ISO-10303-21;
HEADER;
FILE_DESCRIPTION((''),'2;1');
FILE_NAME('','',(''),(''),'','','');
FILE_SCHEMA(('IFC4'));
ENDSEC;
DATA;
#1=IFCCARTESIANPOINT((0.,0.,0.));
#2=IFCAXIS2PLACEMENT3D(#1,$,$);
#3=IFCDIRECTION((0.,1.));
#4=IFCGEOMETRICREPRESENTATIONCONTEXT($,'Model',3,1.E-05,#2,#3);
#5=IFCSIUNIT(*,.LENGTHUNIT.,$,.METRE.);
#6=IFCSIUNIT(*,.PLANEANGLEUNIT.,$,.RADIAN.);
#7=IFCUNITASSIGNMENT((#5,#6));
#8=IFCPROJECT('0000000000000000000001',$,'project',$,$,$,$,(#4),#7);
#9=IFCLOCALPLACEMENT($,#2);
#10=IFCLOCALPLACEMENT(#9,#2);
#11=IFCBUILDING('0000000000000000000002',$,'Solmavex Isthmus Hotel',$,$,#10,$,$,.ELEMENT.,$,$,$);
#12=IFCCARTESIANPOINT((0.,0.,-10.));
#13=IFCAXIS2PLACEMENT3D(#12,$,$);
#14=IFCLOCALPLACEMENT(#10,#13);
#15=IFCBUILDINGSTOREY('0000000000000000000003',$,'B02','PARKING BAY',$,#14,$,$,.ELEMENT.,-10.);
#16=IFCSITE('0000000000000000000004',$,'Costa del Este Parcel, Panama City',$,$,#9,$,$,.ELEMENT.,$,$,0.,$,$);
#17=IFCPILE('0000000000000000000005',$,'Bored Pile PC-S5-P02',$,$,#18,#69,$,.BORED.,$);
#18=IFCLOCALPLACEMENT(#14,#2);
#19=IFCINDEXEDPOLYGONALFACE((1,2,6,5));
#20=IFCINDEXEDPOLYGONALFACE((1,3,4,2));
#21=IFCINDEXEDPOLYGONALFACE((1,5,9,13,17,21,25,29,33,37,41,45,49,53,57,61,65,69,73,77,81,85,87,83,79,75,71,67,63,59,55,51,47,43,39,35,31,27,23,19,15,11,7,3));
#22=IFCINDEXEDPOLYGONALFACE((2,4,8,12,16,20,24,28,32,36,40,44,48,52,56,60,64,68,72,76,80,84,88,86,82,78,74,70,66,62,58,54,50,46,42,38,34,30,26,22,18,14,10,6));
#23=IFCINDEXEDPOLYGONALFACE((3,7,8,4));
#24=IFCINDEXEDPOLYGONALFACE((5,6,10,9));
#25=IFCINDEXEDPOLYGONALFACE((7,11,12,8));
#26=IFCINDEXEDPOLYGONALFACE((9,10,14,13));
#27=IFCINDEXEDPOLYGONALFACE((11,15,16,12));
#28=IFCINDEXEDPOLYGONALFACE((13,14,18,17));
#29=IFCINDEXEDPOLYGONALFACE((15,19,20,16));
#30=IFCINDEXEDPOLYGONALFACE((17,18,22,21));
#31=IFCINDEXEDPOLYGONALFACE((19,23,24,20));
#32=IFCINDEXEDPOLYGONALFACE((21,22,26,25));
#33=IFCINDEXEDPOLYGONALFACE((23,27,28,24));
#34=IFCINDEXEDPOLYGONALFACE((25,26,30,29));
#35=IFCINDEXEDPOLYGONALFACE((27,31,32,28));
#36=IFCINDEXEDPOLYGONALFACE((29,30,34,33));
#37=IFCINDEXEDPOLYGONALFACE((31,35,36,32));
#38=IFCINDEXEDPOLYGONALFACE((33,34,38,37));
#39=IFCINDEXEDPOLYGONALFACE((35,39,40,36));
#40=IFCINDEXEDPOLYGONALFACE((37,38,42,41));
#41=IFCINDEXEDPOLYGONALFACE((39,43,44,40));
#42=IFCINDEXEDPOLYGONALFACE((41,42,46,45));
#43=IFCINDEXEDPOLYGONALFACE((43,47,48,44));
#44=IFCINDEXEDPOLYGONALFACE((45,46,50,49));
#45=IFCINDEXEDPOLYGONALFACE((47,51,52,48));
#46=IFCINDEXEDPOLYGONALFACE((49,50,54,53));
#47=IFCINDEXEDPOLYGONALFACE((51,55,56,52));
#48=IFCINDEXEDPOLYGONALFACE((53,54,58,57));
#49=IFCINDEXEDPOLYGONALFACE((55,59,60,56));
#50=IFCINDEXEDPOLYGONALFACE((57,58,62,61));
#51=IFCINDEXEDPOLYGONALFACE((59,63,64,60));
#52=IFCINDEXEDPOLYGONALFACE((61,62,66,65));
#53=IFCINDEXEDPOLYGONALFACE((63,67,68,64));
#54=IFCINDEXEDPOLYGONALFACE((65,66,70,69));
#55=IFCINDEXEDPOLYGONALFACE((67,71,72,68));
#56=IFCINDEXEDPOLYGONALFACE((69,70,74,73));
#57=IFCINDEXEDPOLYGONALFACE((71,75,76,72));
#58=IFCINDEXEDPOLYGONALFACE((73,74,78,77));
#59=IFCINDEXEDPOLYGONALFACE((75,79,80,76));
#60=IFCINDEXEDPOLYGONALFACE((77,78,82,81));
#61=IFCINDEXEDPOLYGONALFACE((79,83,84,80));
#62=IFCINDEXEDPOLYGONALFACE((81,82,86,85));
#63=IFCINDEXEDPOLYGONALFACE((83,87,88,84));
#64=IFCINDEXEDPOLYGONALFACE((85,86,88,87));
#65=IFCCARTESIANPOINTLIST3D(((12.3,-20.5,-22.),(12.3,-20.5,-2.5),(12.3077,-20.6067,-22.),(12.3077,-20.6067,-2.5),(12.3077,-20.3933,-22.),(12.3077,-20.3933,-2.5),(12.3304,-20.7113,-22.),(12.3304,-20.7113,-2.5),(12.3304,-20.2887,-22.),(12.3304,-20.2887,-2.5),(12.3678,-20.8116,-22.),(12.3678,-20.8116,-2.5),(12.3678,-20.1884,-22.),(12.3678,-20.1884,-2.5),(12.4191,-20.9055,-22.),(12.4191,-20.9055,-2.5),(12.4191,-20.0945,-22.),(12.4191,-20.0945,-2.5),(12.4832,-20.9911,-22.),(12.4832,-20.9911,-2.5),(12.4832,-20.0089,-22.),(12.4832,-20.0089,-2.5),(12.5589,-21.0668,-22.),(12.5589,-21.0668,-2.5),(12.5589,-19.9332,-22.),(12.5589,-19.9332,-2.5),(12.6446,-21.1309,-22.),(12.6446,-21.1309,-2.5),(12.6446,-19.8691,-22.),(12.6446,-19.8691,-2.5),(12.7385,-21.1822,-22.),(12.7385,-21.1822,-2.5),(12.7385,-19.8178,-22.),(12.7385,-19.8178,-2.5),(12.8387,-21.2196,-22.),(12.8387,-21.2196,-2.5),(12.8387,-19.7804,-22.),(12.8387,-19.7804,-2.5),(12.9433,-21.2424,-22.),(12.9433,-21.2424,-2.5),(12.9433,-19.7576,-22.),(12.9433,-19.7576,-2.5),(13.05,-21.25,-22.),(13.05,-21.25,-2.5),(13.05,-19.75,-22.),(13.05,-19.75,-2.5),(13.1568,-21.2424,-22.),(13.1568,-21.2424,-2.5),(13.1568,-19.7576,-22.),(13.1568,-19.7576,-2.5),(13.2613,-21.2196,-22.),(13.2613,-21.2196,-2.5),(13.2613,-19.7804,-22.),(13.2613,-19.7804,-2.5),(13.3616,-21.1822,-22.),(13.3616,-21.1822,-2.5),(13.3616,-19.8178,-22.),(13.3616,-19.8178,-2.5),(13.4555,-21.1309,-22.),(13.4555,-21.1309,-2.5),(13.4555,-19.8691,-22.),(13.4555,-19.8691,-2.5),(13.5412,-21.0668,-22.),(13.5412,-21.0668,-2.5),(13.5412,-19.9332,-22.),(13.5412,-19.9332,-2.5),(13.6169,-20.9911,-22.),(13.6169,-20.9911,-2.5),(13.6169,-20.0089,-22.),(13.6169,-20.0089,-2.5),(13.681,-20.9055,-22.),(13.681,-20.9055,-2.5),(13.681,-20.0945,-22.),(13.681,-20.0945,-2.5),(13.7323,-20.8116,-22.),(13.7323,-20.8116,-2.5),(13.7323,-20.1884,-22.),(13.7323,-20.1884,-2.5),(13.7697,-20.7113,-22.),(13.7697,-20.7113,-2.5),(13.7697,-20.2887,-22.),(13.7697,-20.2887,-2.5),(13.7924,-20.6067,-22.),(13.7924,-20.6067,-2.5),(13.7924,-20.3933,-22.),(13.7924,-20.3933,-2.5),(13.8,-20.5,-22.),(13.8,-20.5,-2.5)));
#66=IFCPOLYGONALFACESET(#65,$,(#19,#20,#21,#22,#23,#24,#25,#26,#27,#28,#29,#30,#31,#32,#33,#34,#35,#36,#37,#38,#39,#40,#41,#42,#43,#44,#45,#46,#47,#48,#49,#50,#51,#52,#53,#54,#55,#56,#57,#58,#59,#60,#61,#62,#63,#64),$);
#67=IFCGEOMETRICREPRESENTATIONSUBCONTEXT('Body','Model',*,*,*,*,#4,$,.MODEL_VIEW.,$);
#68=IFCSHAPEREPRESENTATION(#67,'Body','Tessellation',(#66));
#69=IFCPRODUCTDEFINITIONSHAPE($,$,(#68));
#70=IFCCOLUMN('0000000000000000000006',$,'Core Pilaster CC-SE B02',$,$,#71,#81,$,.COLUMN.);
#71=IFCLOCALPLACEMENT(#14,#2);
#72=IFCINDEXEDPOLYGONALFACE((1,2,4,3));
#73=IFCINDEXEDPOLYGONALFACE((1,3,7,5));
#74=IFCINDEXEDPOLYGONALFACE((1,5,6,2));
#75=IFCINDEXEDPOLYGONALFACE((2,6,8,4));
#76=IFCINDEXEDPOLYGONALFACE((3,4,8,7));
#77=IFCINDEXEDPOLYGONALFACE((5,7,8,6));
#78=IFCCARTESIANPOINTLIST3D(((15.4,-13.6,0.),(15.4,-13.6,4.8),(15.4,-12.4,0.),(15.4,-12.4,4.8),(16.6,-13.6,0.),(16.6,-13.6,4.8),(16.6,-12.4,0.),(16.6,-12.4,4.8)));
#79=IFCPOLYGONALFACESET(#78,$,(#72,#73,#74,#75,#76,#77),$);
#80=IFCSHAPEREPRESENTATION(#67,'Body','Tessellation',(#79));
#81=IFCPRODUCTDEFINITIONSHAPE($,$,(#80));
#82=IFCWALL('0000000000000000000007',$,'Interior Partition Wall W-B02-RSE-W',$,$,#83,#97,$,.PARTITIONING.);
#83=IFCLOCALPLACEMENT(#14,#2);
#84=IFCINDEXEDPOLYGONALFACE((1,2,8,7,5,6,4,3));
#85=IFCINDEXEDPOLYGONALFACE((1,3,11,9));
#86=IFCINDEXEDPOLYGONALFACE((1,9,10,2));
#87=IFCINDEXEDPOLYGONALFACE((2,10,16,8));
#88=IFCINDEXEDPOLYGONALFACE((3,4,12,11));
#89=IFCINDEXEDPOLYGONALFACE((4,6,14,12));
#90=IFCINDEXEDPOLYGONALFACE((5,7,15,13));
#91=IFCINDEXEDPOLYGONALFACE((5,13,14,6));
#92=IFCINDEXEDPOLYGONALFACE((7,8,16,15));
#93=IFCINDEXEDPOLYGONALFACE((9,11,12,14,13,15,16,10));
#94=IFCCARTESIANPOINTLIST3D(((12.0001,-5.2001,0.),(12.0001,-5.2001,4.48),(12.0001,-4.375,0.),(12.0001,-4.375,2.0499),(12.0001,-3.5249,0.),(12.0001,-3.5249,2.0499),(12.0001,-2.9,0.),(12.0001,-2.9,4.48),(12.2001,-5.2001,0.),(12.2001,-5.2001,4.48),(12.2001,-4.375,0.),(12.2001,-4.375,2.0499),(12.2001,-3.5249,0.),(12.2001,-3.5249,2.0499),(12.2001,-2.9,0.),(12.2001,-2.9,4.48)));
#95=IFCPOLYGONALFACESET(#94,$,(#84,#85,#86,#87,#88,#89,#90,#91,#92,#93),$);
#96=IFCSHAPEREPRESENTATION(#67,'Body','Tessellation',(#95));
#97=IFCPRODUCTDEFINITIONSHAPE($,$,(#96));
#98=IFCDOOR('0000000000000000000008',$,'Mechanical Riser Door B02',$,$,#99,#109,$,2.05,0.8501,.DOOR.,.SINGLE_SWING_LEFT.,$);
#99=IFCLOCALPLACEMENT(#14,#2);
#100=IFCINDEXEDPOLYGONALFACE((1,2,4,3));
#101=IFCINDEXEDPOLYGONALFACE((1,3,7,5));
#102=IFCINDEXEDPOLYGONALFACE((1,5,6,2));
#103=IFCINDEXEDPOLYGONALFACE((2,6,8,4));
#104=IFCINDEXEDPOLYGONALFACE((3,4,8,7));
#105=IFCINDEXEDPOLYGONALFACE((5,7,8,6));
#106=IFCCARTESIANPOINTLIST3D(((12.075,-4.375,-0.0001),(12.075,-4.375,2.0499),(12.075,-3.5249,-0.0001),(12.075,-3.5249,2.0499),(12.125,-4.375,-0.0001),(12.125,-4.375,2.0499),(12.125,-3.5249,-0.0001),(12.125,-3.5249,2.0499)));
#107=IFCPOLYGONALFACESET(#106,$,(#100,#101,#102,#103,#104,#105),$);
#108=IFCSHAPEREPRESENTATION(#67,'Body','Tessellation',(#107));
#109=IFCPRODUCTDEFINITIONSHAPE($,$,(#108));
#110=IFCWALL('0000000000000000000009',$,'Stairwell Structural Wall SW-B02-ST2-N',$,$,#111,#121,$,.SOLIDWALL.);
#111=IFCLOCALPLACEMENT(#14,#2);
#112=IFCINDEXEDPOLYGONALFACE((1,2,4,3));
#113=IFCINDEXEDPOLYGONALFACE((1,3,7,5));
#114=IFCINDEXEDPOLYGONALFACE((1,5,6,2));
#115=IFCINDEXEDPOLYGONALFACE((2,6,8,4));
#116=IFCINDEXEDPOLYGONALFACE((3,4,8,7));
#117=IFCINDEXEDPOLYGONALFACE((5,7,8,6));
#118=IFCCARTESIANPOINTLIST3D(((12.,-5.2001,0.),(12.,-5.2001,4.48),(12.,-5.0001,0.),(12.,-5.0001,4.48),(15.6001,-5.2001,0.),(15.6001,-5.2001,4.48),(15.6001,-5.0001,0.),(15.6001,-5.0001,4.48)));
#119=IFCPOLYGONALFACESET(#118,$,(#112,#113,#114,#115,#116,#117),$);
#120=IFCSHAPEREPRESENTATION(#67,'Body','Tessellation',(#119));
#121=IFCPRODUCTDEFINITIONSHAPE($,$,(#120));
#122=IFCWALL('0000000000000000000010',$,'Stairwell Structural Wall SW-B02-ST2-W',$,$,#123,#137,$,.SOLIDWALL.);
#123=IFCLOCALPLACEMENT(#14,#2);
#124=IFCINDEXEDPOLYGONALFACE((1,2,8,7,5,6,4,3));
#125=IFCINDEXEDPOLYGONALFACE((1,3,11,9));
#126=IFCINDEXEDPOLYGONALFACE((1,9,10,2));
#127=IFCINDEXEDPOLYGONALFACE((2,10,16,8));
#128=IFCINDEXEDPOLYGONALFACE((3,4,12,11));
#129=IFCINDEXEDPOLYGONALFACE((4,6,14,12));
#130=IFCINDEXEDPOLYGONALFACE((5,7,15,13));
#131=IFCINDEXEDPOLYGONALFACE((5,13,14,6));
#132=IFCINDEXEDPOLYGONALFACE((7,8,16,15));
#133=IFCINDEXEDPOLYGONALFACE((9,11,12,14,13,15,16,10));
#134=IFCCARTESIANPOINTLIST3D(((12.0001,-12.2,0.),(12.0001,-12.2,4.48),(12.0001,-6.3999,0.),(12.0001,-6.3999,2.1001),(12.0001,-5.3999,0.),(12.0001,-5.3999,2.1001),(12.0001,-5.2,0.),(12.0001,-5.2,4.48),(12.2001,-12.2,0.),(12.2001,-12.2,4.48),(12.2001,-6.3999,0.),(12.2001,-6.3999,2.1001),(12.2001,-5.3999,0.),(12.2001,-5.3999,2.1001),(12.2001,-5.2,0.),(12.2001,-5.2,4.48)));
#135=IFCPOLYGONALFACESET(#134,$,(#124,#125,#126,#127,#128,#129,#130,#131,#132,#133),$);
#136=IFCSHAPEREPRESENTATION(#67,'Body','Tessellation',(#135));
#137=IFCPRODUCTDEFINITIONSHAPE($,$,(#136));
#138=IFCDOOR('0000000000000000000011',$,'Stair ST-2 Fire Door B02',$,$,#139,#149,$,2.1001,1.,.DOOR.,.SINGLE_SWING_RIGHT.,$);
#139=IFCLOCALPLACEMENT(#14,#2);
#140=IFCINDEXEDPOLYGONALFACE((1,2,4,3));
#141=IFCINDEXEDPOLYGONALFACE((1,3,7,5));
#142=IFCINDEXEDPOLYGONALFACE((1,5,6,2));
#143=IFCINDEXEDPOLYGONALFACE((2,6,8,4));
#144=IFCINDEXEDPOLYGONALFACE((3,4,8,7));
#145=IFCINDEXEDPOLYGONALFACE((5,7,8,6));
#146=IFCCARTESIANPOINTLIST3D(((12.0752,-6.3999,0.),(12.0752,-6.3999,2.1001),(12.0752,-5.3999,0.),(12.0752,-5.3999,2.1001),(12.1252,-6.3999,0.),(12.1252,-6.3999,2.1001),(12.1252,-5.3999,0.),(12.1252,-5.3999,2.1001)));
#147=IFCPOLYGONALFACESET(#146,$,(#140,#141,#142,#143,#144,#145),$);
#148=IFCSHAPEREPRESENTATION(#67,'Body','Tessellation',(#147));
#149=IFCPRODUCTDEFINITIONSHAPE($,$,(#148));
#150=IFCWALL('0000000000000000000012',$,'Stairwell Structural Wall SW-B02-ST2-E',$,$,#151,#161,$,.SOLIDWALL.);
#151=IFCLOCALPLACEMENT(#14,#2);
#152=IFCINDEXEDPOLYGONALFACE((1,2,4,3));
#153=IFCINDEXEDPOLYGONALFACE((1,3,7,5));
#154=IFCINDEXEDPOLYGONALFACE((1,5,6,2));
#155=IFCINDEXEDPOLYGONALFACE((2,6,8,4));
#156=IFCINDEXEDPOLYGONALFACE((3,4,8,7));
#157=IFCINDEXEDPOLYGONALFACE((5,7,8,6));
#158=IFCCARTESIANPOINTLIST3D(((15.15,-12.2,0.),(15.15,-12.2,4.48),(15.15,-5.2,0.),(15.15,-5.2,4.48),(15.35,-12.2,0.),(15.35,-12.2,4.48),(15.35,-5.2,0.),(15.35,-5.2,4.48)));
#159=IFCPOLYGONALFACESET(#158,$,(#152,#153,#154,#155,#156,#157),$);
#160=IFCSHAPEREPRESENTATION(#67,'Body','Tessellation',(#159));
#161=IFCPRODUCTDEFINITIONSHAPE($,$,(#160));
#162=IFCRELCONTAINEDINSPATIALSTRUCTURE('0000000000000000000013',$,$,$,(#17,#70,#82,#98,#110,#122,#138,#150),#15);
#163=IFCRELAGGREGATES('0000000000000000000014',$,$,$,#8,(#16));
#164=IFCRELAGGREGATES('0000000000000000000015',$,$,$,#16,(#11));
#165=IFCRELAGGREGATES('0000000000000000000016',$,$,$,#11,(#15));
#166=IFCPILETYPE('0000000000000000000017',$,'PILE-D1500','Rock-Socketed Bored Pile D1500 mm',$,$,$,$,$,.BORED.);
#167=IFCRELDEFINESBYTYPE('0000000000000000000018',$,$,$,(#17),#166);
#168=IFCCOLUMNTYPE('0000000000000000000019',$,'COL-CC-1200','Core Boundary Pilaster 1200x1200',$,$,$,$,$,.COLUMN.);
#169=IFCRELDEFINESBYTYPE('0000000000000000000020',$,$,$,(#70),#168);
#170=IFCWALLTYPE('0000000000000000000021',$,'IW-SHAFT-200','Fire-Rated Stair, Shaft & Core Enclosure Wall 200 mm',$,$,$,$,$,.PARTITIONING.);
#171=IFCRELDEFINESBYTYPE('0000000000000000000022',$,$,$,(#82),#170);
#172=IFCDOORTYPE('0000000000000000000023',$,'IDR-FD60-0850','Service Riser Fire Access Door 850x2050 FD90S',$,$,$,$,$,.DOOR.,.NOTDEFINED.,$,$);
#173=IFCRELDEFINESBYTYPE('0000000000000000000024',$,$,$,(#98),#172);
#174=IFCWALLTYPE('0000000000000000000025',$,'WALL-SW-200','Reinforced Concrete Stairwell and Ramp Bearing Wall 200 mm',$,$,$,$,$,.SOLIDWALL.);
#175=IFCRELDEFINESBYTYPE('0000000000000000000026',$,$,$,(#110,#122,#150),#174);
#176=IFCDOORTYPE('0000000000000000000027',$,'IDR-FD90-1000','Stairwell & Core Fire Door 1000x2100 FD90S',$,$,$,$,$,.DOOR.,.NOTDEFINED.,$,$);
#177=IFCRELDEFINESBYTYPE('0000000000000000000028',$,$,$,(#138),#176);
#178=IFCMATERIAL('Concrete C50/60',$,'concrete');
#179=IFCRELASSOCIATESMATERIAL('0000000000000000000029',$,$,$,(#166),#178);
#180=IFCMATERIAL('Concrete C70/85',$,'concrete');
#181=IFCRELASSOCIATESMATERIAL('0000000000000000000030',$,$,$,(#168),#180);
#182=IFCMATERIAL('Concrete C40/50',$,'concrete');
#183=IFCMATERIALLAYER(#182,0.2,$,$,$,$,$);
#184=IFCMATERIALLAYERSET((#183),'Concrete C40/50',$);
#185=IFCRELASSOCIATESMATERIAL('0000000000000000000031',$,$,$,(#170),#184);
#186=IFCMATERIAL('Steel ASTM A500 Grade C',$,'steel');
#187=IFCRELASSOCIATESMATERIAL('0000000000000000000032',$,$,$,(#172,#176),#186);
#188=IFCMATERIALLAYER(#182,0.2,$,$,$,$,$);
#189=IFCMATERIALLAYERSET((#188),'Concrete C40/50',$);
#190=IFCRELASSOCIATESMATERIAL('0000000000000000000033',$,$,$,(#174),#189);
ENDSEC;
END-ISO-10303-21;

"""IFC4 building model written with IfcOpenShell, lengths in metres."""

from ifc_helpers import new_model, si_unit, direction, frame, frame_2d, origin, origin_2d, place, context, subcontext, project, spatial, rectangle, circle, extrude, material, layer, layer_set, material_profile, profile_set, type_object, element, fill, save


model = new_model("IFC4")

# Units and contexts
model_context = context("Model", 3, precision=1e-05, world=origin(), true_north=direction((0.0, 1.0)))
body_context = subcontext(model_context, "Body", "Model", "MODEL_VIEW")
ifc_project = project(units=[si_unit("LENGTHUNIT", "METRE"), si_unit("PLANEANGLEUNIT", "RADIAN")], contexts=[model_context])

# Site, building, storey
site_placement = place(None, origin())
site = spatial("IfcSite", under=ifc_project, at=site_placement, Name="Costa del Este Parcel, Panama City", CompositionType="ELEMENT", RefElevation=0.0)
building_placement = place(site_placement, origin())
building = spatial("IfcBuilding", under=site, at=building_placement, Name="Solmavex Isthmus Hotel", CompositionType="ELEMENT")
storey_placement = place(building_placement, frame((0.0, 0.0, -10.0)))
storey = spatial("IfcBuildingStorey", under=building, at=storey_placement, Name="B02", Description="PARKING BAY", CompositionType="ELEMENT", Elevation=-10.0)

# Shared definitions
ifc_material_1 = material(Name="Concrete C50/60", Category="concrete")

# Pile
ifc_material_profile_1 = material_profile(ifc_material_1, circle(Radius=0.75, at=origin_2d()), Name="PILE1500")
ifc_profile_set_1 = profile_set([ifc_material_profile_1], Name="Concrete C50/60")
pile_type = type_object("IfcPileType", Name="PILE-D1500", Description="Rock-Socketed Bored Pile D1500 mm", PredefinedType="BORED", material=ifc_profile_set_1)
pile_placement = place(storey_placement, frame((13.05, -20.5, -2.5), z_axis=(0.0, 0.0, -1.0), x_axis=(1.0, 0.0, 0.0)))
element("IfcPile", 1, at=pile_placement, inside=storey, type_object=pile_type, Name="Bored Pile PC-S5-P02", PredefinedType="BORED", context=body_context, shape_type="SweptSolid", body=[
    extrude(circle(Radius=0.75, at=origin_2d()), origin(), (0.0, 0.0, 1.0), 19.5),
])

# Column
ifc_material_2 = material(Name="Concrete C70/85", Category="concrete")
ifc_material_profile_2 = material_profile(ifc_material_2, rectangle(XDim=1.2, YDim=1.2, at=origin_2d()), Name="RC1200X1200")
ifc_profile_set_2 = profile_set([ifc_material_profile_2], Name="Concrete C70/85")
column_type = type_object("IfcColumnType", Name="COL-CC-1200", Description="Core Boundary Pilaster 1200x1200", PredefinedType="COLUMN", material=ifc_profile_set_2)
column_placement = place(storey_placement, frame((16.0, -13.0, 0.0), z_axis=(0.0, 0.0, 1.0), x_axis=(1.0, 0.0, 0.0)))
element("IfcColumn", 2, at=column_placement, inside=storey, type_object=column_type, Name="Core Pilaster CC-SE B02", PredefinedType="COLUMN", context=body_context, shape_type="SweptSolid", body=[
    extrude(rectangle(XDim=1.2, YDim=1.2, at=origin_2d()), origin(), (0.0, 0.0, 1.0), 4.8),
])

# Wall, opening, door
ifc_material_3 = material(Name="Concrete C40/50", Category="concrete")
ifc_layer_1 = layer(ifc_material_3, 0.2)
ifc_layer_set_1 = layer_set([ifc_layer_1], Name="Concrete C40/50")
wall_type_1 = type_object("IfcWallType", Name="IW-SHAFT-200", Description="Fire-Rated Stair, Shaft & Core Enclosure Wall 200 mm", PredefinedType="PARTITIONING", material=ifc_layer_set_1)
wall_1_placement = place(storey_placement, frame((12.1001, -5.2, 0.0), z_axis=(0.0, 0.0, 1.0), x_axis=(0.0, 1.0, 0.0)))
wall_1 = element("IfcWall", 3, at=wall_1_placement, inside=storey, type_object=wall_type_1, Name="Interior Partition Wall W-B02-RSE-W", PredefinedType="PARTITIONING", context=body_context, shape_type="SweptSolid", body=[
    extrude(rectangle(XDim=2.3, YDim=0.2, at=frame_2d((1.1499, 0.0))), origin(), (0.0, 0.0, 1.0), 4.48),
])
opening_1_placement = place(wall_1_placement, frame((0.825, 0.0, 0.0)))
opening_1 = element("IfcOpeningElement", 4, at=opening_1_placement, cuts=wall_1, PredefinedType="OPENING", context=body_context, shape_type="SweptSolid", body=[
    extrude(rectangle(XDim=0.8501, YDim=2.05, at=frame_2d((0.425, 1.0249))), frame((0.0, 0.1099, 0.0), z_axis=(0.0, -1.0, 0.0), x_axis=(1.0, 0.0, 0.0)), (0.0, 0.0, 1.0), 0.22),
])
ifc_material_4 = material(Name="Steel ASTM A500 Grade C", Category="steel")
door_type_1 = type_object("IfcDoorType", Name="IDR-FD60-0850", Description="Service Riser Fire Access Door 850x2050 FD90S", OperationType="NOTDEFINED", PredefinedType="DOOR", material=ifc_material_4)
door_1_placement = place(opening_1_placement, frame((0.8501, 0.0, 0.0), z_axis=(0.0, 0.0, 1.0), x_axis=(-1.0, 0.0, 0.0)))
door_1 = element("IfcDoor", 5, at=door_1_placement, inside=storey, type_object=door_type_1, Name="Mechanical Riser Door B02", OperationType="SINGLE_SWING_LEFT", OverallHeight=2.05, OverallWidth=0.8501, PredefinedType="DOOR", context=body_context, shape_type="SweptSolid", body=[
    extrude(rectangle(XDim=0.8501, YDim=2.05, at=frame_2d((0.425, 1.0249))), frame((0.0, 0.0249, 0.0), z_axis=(0.0, -1.0, 0.0), x_axis=(1.0, 0.0, 0.0)), (0.0, 0.0, 1.0), 0.05),
])
fill(opening_1, door_1)

# Wall
ifc_layer_2 = layer(ifc_material_3, 0.2)
ifc_layer_set_2 = layer_set([ifc_layer_2], Name="Concrete C40/50")
wall_type_2 = type_object("IfcWallType", Name="WALL-SW-200", Description="Reinforced Concrete Stairwell and Ramp Bearing Wall 200 mm", PredefinedType="SOLIDWALL", material=ifc_layer_set_2)
wall_2_placement = place(storey_placement, frame((12.0, -5.1001, 0.0), z_axis=(0.0, 0.0, 1.0), x_axis=(1.0, 0.0, 0.0)))
element("IfcWall", 6, at=wall_2_placement, inside=storey, type_object=wall_type_2, Name="Stairwell Structural Wall SW-B02-ST2-N", PredefinedType="SOLIDWALL", context=body_context, shape_type="SweptSolid", body=[
    extrude(rectangle(XDim=3.6001, YDim=0.2, at=frame_2d((1.8, 0.0))), origin(), (0.0, 0.0, 1.0), 4.48),
])

# Wall, opening, door
wall_3_placement = place(storey_placement, frame((12.1001, -12.2, 0.0), z_axis=(0.0, 0.0, 1.0), x_axis=(0.0, 1.0, 0.0)))
wall_3 = element("IfcWall", 7, at=wall_3_placement, inside=storey, type_object=wall_type_2, Name="Stairwell Structural Wall SW-B02-ST2-W", PredefinedType="SOLIDWALL", context=body_context, shape_type="SweptSolid", body=[
    extrude(rectangle(XDim=7.0, YDim=0.2, at=frame_2d((3.5, 0.0))), origin(), (0.0, 0.0, 1.0), 4.48),
])
opening_2_placement = place(wall_3_placement, frame((5.8, 0.0, 0.0)))
opening_2 = element("IfcOpeningElement", 8, at=opening_2_placement, cuts=wall_3, PredefinedType="OPENING", context=body_context, shape_type="SweptSolid", body=[
    extrude(rectangle(XDim=1.0, YDim=2.1001, at=frame_2d((0.5, 1.05))), frame((0.0, 0.1099, 0.0), z_axis=(0.0, -1.0, 0.0), x_axis=(1.0, 0.0, 0.0)), (0.0, 0.0, 1.0), 0.22),
])
door_type_2 = type_object("IfcDoorType", Name="IDR-FD90-1000", Description="Stairwell & Core Fire Door 1000x2100 FD90S", OperationType="NOTDEFINED", PredefinedType="DOOR", material=ifc_material_4)
door_2_placement = place(opening_2_placement, origin())
door_2 = element("IfcDoor", 9, at=door_2_placement, inside=storey, type_object=door_type_2, Name="Stair ST-2 Fire Door B02", OperationType="SINGLE_SWING_RIGHT", OverallHeight=2.1001, OverallWidth=1.0, PredefinedType="DOOR", context=body_context, shape_type="SweptSolid", body=[
    extrude(rectangle(XDim=1.0, YDim=2.1001, at=frame_2d((0.5, 1.05))), frame((0.0, 0.0249, 0.0), z_axis=(0.0, -1.0, 0.0), x_axis=(1.0, 0.0, 0.0)), (0.0, 0.0, 1.0), 0.05),
])
fill(opening_2, door_2)

# Wall
wall_4_placement = place(storey_placement, frame((15.25, -12.2, 0.0), z_axis=(0.0, 0.0, 1.0), x_axis=(0.0, 1.0, 0.0)))
element("IfcWall", 10, at=wall_4_placement, inside=storey, type_object=wall_type_2, Name="Stairwell Structural Wall SW-B02-ST2-E", PredefinedType="SOLIDWALL", context=body_context, shape_type="SweptSolid", body=[
    extrude(rectangle(XDim=7.0, YDim=0.2, at=frame_2d((3.5, 0.0))), origin(), (0.0, 0.0, 1.0), 4.48),
])

save(model, "model.ifc")
